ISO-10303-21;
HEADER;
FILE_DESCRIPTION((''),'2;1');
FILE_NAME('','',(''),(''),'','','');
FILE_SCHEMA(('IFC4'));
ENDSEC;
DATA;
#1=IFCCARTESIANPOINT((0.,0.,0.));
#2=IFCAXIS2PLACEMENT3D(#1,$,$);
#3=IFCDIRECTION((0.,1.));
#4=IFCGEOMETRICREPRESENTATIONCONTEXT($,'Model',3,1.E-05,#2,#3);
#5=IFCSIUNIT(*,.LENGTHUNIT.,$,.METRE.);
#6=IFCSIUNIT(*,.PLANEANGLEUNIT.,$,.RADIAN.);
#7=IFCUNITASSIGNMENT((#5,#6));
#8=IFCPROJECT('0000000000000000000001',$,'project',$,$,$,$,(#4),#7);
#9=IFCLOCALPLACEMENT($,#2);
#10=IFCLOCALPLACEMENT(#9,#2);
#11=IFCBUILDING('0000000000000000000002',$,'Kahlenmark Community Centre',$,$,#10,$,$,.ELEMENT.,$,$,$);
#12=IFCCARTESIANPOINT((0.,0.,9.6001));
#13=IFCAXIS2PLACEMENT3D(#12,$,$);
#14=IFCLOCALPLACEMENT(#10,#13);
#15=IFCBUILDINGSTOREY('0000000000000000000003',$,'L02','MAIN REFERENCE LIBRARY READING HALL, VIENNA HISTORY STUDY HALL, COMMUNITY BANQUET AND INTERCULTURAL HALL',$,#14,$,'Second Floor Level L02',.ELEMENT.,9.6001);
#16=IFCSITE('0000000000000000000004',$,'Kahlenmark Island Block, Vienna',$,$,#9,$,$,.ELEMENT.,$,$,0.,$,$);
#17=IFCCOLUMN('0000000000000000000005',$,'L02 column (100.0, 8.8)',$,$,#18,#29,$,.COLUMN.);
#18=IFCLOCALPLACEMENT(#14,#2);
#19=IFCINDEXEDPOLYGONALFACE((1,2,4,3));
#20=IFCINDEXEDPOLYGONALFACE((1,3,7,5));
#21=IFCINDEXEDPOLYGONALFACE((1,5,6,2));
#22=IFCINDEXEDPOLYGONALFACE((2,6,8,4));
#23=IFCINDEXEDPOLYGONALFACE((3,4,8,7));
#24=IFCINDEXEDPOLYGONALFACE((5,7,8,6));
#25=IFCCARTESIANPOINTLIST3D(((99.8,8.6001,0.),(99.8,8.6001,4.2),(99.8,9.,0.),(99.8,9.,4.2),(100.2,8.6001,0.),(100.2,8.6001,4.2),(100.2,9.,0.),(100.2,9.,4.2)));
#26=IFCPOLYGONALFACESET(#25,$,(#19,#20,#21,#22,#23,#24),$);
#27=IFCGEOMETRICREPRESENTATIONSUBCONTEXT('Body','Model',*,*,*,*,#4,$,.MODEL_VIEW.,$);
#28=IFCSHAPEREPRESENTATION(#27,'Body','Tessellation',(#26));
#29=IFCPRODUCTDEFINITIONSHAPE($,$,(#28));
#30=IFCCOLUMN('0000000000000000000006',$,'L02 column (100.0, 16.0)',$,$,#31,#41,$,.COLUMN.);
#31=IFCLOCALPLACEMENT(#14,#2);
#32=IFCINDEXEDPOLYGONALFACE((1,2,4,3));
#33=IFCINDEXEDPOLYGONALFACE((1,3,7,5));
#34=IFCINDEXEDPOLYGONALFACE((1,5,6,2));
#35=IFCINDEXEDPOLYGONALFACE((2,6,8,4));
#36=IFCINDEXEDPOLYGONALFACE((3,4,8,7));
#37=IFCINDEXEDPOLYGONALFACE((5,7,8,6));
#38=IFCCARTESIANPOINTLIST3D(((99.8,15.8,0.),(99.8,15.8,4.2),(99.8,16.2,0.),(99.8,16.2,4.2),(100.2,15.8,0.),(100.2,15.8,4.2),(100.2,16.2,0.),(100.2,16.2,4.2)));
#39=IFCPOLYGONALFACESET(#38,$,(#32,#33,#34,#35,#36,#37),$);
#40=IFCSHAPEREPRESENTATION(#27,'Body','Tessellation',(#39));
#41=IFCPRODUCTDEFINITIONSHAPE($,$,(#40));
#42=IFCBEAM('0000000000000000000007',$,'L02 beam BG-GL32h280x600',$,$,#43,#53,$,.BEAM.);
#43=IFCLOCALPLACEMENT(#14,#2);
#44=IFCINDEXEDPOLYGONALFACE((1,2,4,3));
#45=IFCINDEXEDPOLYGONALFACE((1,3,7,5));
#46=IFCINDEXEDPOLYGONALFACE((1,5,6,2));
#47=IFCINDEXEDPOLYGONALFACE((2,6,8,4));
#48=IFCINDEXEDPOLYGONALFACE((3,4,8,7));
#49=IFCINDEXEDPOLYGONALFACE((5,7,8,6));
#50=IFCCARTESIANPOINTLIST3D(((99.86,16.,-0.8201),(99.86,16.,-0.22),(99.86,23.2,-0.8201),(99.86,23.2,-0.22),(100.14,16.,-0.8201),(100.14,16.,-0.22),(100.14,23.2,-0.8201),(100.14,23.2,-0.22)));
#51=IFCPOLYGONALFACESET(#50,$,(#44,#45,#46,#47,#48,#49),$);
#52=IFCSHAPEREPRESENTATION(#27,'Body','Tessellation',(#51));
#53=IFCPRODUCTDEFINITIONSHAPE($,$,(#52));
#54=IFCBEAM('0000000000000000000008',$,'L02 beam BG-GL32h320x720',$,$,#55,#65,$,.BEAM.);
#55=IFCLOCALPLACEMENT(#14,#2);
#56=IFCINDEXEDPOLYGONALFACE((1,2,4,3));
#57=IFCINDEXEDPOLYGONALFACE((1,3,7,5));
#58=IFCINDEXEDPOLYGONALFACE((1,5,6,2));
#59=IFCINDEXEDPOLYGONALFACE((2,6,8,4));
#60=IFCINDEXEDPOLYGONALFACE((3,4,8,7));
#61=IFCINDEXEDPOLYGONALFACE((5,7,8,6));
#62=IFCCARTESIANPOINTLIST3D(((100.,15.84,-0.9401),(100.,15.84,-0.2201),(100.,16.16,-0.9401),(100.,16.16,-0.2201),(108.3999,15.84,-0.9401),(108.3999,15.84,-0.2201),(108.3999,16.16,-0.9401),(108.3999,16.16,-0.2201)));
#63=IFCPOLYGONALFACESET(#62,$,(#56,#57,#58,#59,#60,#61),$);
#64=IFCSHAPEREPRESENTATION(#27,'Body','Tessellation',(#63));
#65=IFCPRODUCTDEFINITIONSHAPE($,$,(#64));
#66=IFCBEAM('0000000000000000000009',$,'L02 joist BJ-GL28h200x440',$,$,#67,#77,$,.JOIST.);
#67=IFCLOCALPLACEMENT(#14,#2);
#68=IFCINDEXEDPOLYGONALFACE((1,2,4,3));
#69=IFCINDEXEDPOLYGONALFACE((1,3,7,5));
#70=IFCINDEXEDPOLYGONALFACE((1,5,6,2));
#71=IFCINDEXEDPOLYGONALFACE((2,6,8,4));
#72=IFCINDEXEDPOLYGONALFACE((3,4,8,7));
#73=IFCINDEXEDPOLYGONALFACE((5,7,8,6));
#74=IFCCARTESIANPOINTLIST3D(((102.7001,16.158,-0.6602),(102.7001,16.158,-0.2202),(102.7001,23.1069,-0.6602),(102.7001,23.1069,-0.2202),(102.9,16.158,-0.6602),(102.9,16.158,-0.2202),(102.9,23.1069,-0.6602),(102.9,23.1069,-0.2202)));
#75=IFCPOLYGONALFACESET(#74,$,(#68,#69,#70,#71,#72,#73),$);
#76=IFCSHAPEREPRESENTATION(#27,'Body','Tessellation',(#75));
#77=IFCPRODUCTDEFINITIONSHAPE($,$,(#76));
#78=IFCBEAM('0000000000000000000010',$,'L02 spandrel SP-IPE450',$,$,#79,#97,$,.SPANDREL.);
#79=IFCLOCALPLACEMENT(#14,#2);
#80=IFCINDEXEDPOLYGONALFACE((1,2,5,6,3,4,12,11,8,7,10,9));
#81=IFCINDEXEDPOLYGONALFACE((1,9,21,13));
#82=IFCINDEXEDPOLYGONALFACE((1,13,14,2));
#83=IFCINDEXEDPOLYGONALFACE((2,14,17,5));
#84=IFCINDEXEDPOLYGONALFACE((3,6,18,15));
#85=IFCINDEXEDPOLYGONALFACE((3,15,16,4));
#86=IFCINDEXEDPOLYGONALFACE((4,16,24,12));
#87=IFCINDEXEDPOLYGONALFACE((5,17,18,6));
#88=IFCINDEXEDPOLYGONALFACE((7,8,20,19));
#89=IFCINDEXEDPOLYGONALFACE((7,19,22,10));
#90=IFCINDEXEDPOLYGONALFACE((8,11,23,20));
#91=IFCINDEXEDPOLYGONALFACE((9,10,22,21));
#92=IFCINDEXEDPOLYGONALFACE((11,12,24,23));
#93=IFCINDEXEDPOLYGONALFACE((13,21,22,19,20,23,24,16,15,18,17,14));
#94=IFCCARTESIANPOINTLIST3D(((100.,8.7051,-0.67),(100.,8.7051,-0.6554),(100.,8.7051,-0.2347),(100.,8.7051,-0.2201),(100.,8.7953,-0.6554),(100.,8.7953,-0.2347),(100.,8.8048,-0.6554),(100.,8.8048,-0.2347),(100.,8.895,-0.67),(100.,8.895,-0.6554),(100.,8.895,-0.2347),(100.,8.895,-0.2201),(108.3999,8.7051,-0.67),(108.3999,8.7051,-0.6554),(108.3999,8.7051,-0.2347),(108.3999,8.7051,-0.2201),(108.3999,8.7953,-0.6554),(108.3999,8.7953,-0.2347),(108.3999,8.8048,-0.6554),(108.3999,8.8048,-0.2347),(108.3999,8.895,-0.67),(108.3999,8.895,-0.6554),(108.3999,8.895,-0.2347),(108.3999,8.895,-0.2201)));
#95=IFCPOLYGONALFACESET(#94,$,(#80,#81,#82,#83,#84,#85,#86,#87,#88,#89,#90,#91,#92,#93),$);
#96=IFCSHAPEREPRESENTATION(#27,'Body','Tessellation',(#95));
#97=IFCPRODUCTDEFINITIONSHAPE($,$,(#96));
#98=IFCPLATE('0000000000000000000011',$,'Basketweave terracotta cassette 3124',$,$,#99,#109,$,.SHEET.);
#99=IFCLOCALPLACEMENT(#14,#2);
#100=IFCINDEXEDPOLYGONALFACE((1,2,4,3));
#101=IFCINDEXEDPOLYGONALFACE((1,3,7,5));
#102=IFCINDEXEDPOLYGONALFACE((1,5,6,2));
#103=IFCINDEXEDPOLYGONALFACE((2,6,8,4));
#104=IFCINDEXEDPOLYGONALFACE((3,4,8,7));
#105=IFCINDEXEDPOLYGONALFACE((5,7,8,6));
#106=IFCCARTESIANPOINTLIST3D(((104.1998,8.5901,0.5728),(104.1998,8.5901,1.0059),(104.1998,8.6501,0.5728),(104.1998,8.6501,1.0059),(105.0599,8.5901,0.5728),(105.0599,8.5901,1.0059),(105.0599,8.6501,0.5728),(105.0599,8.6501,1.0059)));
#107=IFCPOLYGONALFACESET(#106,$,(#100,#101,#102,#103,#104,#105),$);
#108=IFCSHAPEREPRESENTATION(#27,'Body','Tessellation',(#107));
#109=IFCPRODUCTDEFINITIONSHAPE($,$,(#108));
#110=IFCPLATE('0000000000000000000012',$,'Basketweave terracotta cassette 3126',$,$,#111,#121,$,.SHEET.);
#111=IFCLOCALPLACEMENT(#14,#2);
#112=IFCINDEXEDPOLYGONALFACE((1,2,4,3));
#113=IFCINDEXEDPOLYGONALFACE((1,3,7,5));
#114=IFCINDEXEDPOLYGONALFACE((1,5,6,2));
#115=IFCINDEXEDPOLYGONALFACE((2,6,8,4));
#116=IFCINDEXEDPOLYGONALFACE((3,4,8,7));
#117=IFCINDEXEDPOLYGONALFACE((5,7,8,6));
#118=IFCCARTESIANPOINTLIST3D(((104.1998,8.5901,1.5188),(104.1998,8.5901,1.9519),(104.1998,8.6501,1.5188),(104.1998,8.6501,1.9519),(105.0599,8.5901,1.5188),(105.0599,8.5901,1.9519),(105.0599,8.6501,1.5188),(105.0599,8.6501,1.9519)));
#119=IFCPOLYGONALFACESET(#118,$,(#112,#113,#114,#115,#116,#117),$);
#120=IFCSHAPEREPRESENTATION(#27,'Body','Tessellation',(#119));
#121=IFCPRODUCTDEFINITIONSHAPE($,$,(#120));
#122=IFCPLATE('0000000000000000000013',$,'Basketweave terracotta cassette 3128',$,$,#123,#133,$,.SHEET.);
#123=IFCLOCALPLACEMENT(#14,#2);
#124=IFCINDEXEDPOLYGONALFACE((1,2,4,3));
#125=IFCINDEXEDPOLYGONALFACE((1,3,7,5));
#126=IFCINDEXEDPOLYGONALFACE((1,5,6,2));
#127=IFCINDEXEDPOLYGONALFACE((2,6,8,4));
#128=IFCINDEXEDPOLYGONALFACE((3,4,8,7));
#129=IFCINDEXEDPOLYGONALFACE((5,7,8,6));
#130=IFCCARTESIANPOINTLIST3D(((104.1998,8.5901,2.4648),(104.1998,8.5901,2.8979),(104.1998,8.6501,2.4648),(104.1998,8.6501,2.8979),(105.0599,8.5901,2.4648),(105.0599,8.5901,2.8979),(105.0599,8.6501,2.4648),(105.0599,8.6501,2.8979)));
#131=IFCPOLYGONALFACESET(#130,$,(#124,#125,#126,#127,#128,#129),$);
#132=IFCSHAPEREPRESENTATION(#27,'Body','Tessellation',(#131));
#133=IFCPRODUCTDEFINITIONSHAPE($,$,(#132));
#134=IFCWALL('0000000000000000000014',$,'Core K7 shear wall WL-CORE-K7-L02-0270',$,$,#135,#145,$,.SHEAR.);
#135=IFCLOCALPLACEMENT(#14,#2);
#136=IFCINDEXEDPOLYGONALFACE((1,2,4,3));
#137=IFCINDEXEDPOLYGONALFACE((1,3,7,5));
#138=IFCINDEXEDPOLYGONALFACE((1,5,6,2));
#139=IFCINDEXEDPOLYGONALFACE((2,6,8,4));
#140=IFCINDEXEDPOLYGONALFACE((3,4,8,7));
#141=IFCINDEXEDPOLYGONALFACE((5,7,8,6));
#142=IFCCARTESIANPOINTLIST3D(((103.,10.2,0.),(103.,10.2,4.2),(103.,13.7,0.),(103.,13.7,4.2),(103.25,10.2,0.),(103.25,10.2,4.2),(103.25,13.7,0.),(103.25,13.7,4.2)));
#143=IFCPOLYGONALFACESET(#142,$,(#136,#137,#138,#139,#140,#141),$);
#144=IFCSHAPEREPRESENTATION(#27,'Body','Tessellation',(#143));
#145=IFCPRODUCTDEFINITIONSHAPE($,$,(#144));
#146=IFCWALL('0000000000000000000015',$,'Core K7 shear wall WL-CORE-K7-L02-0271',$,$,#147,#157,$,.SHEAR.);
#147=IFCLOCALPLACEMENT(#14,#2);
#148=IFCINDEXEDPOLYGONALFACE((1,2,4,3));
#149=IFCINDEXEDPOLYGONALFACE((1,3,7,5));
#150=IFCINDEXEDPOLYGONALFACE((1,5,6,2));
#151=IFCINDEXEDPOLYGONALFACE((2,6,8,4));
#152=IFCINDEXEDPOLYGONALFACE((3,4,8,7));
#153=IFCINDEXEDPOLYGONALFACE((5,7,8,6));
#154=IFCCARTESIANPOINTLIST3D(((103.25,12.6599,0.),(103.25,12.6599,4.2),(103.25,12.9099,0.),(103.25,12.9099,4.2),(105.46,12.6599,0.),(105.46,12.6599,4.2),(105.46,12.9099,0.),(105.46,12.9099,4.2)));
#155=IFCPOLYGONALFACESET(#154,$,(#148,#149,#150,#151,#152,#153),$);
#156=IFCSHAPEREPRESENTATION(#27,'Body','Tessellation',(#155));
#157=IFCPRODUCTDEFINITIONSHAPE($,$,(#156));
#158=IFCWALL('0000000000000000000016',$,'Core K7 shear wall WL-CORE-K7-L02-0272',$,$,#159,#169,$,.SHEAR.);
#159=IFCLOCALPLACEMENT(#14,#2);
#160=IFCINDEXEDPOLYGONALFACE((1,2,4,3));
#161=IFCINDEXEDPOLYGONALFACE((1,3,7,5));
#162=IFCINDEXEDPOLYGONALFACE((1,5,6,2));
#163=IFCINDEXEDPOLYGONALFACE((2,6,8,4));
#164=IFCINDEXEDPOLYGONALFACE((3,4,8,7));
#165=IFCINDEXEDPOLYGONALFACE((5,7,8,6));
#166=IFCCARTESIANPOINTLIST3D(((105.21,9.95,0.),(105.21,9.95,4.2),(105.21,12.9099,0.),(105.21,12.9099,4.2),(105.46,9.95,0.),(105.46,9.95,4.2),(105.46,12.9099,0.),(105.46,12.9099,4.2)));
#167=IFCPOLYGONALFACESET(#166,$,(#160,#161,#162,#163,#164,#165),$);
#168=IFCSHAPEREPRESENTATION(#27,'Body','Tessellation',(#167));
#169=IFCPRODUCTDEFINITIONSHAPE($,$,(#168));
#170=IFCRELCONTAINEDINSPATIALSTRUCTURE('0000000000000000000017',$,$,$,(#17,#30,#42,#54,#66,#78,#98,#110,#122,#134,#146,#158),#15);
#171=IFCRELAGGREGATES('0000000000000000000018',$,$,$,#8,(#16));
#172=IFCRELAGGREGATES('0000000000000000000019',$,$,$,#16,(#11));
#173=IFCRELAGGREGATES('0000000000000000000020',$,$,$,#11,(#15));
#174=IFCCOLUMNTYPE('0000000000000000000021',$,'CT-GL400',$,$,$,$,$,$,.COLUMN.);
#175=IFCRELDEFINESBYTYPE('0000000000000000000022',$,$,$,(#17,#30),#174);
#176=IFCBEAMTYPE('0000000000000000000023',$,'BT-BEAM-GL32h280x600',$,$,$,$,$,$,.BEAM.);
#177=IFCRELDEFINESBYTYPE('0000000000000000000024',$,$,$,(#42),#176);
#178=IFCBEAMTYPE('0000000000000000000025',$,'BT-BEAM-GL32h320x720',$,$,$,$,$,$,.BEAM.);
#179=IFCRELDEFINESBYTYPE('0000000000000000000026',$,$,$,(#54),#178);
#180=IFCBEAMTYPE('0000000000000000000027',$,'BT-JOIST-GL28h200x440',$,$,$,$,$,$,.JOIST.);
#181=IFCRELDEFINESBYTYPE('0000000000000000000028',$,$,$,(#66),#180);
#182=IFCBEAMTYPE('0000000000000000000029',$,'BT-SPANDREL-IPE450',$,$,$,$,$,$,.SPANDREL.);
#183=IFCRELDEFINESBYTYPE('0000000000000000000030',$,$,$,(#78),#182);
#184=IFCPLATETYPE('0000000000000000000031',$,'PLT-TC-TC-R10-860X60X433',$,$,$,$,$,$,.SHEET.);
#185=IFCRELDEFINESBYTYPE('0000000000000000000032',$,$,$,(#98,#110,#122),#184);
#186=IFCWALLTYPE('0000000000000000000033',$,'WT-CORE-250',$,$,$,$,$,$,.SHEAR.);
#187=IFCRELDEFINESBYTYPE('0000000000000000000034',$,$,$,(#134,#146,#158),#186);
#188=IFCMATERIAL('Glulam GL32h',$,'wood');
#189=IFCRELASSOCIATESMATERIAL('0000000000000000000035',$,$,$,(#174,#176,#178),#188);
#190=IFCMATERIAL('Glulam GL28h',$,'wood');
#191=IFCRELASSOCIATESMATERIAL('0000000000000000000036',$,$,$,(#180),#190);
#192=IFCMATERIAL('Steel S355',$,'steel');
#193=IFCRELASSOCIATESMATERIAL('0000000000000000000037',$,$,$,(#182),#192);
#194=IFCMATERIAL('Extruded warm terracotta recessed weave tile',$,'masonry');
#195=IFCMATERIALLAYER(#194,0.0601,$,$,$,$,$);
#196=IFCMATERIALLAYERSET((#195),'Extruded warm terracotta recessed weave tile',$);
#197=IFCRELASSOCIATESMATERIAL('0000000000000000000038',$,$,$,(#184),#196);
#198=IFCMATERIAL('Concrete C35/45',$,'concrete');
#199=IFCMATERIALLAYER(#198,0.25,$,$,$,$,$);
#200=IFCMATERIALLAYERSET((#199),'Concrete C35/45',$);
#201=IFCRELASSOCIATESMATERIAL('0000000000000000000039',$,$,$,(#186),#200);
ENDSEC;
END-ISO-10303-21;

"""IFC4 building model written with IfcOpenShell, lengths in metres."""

from ifc_helpers import new_model, si_unit, direction, frame, frame_2d, origin, origin_2d, place, context, subcontext, project, spatial, rectangle, i_section, extrude, material, layer, layer_set, material_profile, profile_set, type_object, element, save


model = new_model("IFC4")

# Units and contexts
model_context = context("Model", 3, precision=1e-05, world=origin(), true_north=direction((0.0, 1.0)))
body_context = subcontext(model_context, "Body", "Model", "MODEL_VIEW")
ifc_project = project(units=[si_unit("LENGTHUNIT", "METRE"), si_unit("PLANEANGLEUNIT", "RADIAN")], contexts=[model_context])

# Site, building, storey
site_placement = place(None, origin())
site = spatial("IfcSite", under=ifc_project, at=site_placement, Name="Kahlenmark Island Block, Vienna", CompositionType="ELEMENT", RefElevation=0.0)
building_placement = place(site_placement, origin())
building = spatial("IfcBuilding", under=site, at=building_placement, Name="Kahlenmark Community Centre", CompositionType="ELEMENT")
storey_placement = place(building_placement, frame((0.0, 0.0, 9.6001)))
storey = spatial("IfcBuildingStorey", under=building, at=storey_placement, Name="L02", Description="MAIN REFERENCE LIBRARY READING HALL, VIENNA HISTORY STUDY HALL, COMMUNITY BANQUET AND INTERCULTURAL HALL", LongName="Second Floor Level L02", CompositionType="ELEMENT", Elevation=9.6001)

# Columns
ifc_material_1 = material(Name="Glulam GL32h", Category="wood")
ifc_material_profile_1 = material_profile(ifc_material_1, rectangle(XDim=0.3999, YDim=0.3999, at=origin_2d()), Name="GL32h 400x400")
ifc_profile_set_1 = profile_set([ifc_material_profile_1], Name="Glulam GL32h")
column_type = type_object("IfcColumnType", Name="CT-GL400", PredefinedType="COLUMN", material=ifc_profile_set_1)
for number, where, z_axis, x_axis, name in (
    (1, (100.0, 8.8, 0.0), (0.0, 0.0, 1.0), (1.0, 0.0, 0.0), "L02 column (100.0, 8.8)"),
    (2, (100.0, 16.0, 0.0), (0.0, 0.0, 1.0), (1.0, 0.0, 0.0), "L02 column (100.0, 16.0)"),
):
    element("IfcColumn", number, at=place(storey_placement, frame(where, z_axis=z_axis, x_axis=x_axis)), inside=storey, type_object=column_type, Name=name, PredefinedType="COLUMN", context=body_context, shape_type="SweptSolid", body=[
        extrude(rectangle(XDim=0.3999, YDim=0.3999, at=origin_2d()), origin(), (0.0, 0.0, 1.0), 4.2),
    ])

# Beams
ifc_material_profile_2 = material_profile(ifc_material_1, rectangle(XDim=0.28, YDim=0.6001, at=origin_2d()), Name="GL32h 280x600")
ifc_profile_set_2 = profile_set([ifc_material_profile_2], Name="Glulam GL32h")
beam_type_1 = type_object("IfcBeamType", Name="BT-BEAM-GL32h280x600", PredefinedType="BEAM", material=ifc_profile_set_2)
beam_1_placement = place(storey_placement, frame((100.0, 16.0, -0.52), z_axis=(0.0, 1.0, 0.0), x_axis=(-1.0, 0.0, 0.0)))
element("IfcBeam", 3, at=beam_1_placement, inside=storey, type_object=beam_type_1, Name="L02 beam BG-GL32h280x600", PredefinedType="BEAM", context=body_context, shape_type="SweptSolid", body=[
    extrude(rectangle(XDim=0.28, YDim=0.6001, at=origin_2d()), origin(), (0.0, 0.0, 1.0), 7.2),
])
ifc_material_profile_3 = material_profile(ifc_material_1, rectangle(XDim=0.3201, YDim=0.72, at=origin_2d()), Name="GL32h 320x720")
ifc_profile_set_3 = profile_set([ifc_material_profile_3], Name="Glulam GL32h")
beam_type_2 = type_object("IfcBeamType", Name="BT-BEAM-GL32h320x720", PredefinedType="BEAM", material=ifc_profile_set_3)
beam_2_placement = place(storey_placement, frame((100.0, 16.0, -0.5801), z_axis=(1.0, 0.0, 0.0), x_axis=(0.0, 1.0, 0.0)))
element("IfcBeam", 4, at=beam_2_placement, inside=storey, type_object=beam_type_2, Name="L02 beam BG-GL32h320x720", PredefinedType="BEAM", context=body_context, shape_type="SweptSolid", body=[
    extrude(rectangle(XDim=0.3201, YDim=0.72, at=origin_2d()), origin(), (0.0, 0.0, 1.0), 8.3999),
])
ifc_material_2 = material(Name="Glulam GL28h", Category="wood")
ifc_material_profile_4 = material_profile(ifc_material_2, rectangle(XDim=0.2, YDim=0.4399, at=origin_2d()), Name="GL28h 200x440")
ifc_profile_set_4 = profile_set([ifc_material_profile_4], Name="Glulam GL28h")
beam_type_3 = type_object("IfcBeamType", Name="BT-JOIST-GL28h200x440", PredefinedType="JOIST", material=ifc_profile_set_4)
beam_3_placement = place(storey_placement, frame((102.8, 16.158, -0.4402), z_axis=(0.0, 1.0, 0.0), x_axis=(-1.0, 0.0, 0.0)))
element("IfcBeam", 5, at=beam_3_placement, inside=storey, type_object=beam_type_3, Name="L02 joist BJ-GL28h200x440", PredefinedType="JOIST", context=body_context, shape_type="SweptSolid", body=[
    extrude(rectangle(XDim=0.2, YDim=0.4399, at=origin_2d()), origin(), (0.0, 0.0, 1.0), 6.949),
])
ifc_material_3 = material(Name="Steel S355", Category="steel")
ifc_material_profile_5 = material_profile(ifc_material_3, i_section(OverallWidth=0.1899, OverallDepth=0.45, WebThickness=0.0095, FlangeThickness=0.0146, at=origin_2d()), Name="IPE 450")
ifc_profile_set_5 = profile_set([ifc_material_profile_5], Name="Steel S355")
beam_type_4 = type_object("IfcBeamType", Name="BT-SPANDREL-IPE450", PredefinedType="SPANDREL", material=ifc_profile_set_5)
beam_4_placement = place(storey_placement, frame((100.0, 8.8, -0.4451), z_axis=(1.0, 0.0, 0.0), x_axis=(0.0, 1.0, 0.0)))
element("IfcBeam", 6, at=beam_4_placement, inside=storey, type_object=beam_type_4, Name="L02 spandrel SP-IPE450", PredefinedType="SPANDREL", context=body_context, shape_type="SweptSolid", body=[
    extrude(i_section(OverallWidth=0.1899, OverallDepth=0.45, WebThickness=0.0095, FlangeThickness=0.0146, at=origin_2d()), origin(), (0.0, 0.0, 1.0), 8.3999),
])

# Plates
ifc_material_4 = material(Name="Extruded warm terracotta recessed weave tile", Category="masonry")
ifc_layer_1 = layer(ifc_material_4, 0.0601)
ifc_layer_set_1 = layer_set([ifc_layer_1], Name="Extruded warm terracotta recessed weave tile")
plate_type = type_object("IfcPlateType", Name="PLT-TC-TC-R10-860X60X433", PredefinedType="SHEET", material=ifc_layer_set_1)
for number, where, z_axis, x_axis, name in (
    (7, (104.6299, 8.6201, 0.5728), (0.0, 0.0, 1.0), (1.0, 0.0, 0.0), "Basketweave terracotta cassette 3124"),
    (8, (104.6299, 8.6201, 1.5188), (0.0, 0.0, 1.0), (1.0, 0.0, 0.0), "Basketweave terracotta cassette 3126"),
    (9, (104.6299, 8.6201, 2.4648), (0.0, 0.0, 1.0), (1.0, 0.0, 0.0), "Basketweave terracotta cassette 3128"),
):
    element("IfcPlate", number, at=place(storey_placement, frame(where, z_axis=z_axis, x_axis=x_axis)), inside=storey, type_object=plate_type, Name=name, PredefinedType="SHEET", context=body_context, shape_type="SweptSolid", body=[
        extrude(rectangle(XDim=0.8601, YDim=0.0601, at=origin_2d()), origin(), (0.0, 0.0, 1.0), 0.4331),
    ])

# Walls
ifc_material_5 = material(Name="Concrete C35/45", Category="concrete")
ifc_layer_2 = layer(ifc_material_5, 0.25)
ifc_layer_set_2 = layer_set([ifc_layer_2], Name="Concrete C35/45")
wall_type_1 = type_object("IfcWallType", Name="WT-CORE-250", PredefinedType="SHEAR", material=ifc_layer_set_2)
wall_1_placement = place(storey_placement, frame((103.125, 10.2, 0.0), z_axis=(0.0, 0.0, 1.0), x_axis=(0.0, 1.0, 0.0)))
element("IfcWall", 10, at=wall_1_placement, inside=storey, type_object=wall_type_1, Name="Core K7 shear wall WL-CORE-K7-L02-0270", PredefinedType="SHEAR", context=body_context, shape_type="SweptSolid", body=[
    extrude(rectangle(XDim=3.5, YDim=0.25, at=frame_2d((1.75, 0.0))), origin(), (0.0, 0.0, 1.0), 4.2),
])
wall_2_placement = place(storey_placement, frame((103.25, 12.7849, 0.0), z_axis=(0.0, 0.0, 1.0), x_axis=(1.0, 0.0, 0.0)))
element("IfcWall", 11, at=wall_2_placement, inside=storey, type_object=wall_type_1, Name="Core K7 shear wall WL-CORE-K7-L02-0271", PredefinedType="SHEAR", context=body_context, shape_type="SweptSolid", body=[
    extrude(rectangle(XDim=2.21, YDim=0.25, at=frame_2d((1.105, 0.0))), origin(), (0.0, 0.0, 1.0), 4.2),
])
wall_3_placement = place(storey_placement, frame((105.335, 9.95, 0.0), z_axis=(0.0, 0.0, 1.0), x_axis=(0.0, 1.0, 0.0)))
element("IfcWall", 12, at=wall_3_placement, inside=storey, type_object=wall_type_1, Name="Core K7 shear wall WL-CORE-K7-L02-0272", PredefinedType="SHEAR", context=body_context, shape_type="SweptSolid", body=[
    extrude(rectangle(XDim=2.96, YDim=0.25, at=frame_2d((1.48, 0.0))), origin(), (0.0, 0.0, 1.0), 4.2),
])

save(model, "model.ifc")
